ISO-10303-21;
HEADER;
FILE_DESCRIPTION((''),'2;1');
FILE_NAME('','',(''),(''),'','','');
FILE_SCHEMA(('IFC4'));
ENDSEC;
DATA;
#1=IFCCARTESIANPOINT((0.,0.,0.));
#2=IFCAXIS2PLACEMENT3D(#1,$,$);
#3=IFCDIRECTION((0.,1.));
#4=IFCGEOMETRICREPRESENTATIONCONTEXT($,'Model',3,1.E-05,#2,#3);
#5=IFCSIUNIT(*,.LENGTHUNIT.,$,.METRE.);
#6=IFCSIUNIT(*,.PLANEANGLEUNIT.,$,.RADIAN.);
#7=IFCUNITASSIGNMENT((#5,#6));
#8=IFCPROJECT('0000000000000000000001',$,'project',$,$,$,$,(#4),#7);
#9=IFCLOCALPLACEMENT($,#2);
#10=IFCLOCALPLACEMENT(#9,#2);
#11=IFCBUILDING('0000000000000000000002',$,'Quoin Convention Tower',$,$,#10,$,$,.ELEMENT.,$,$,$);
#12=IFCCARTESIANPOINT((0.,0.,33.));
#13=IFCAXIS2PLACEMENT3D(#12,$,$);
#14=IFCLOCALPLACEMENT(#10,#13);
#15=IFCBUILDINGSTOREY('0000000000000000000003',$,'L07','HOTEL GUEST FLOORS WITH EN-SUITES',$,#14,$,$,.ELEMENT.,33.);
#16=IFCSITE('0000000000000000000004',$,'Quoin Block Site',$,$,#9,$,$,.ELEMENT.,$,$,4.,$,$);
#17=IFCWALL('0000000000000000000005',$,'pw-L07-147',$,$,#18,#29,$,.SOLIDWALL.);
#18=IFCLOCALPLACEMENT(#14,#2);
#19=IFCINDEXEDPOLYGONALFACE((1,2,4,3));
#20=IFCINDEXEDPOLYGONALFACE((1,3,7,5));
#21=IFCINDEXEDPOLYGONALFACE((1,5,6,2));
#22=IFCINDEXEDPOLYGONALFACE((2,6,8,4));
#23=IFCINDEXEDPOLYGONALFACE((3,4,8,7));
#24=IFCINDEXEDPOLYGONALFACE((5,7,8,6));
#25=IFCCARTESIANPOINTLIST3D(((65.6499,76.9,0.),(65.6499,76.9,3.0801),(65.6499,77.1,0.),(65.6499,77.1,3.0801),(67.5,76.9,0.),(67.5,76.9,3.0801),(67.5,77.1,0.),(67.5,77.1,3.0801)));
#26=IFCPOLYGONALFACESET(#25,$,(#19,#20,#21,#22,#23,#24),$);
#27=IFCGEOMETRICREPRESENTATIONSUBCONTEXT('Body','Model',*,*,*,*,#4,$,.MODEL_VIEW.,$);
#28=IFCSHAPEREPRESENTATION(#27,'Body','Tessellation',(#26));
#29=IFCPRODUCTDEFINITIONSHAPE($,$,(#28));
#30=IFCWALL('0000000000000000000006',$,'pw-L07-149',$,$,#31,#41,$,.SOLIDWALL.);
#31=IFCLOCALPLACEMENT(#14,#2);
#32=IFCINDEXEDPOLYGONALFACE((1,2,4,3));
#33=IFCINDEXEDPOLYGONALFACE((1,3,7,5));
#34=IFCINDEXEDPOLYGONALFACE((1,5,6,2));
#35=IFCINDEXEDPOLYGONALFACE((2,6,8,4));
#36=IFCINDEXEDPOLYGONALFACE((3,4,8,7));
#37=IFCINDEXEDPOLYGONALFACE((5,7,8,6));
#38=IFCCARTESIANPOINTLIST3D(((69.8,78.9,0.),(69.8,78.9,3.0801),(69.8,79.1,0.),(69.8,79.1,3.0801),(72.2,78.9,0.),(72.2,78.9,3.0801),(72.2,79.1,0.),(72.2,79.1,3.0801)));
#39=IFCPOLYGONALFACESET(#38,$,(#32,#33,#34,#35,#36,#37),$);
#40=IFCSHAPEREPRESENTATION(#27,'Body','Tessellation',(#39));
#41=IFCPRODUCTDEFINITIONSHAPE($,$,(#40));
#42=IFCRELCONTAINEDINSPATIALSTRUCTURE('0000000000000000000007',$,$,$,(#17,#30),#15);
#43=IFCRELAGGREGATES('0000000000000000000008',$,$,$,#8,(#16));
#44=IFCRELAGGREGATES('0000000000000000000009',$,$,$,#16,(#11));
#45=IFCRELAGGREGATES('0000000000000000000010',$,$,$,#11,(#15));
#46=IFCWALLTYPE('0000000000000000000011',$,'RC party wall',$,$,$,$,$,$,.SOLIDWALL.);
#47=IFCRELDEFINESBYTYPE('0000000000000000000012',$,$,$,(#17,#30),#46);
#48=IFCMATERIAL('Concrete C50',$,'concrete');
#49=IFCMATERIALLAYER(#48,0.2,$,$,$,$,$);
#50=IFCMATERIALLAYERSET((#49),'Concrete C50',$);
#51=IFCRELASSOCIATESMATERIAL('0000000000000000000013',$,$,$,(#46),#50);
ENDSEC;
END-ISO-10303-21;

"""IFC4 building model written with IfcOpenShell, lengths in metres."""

from ifc_helpers import new_model, si_unit, direction, frame, frame_2d, origin, place, context, subcontext, project, spatial, rectangle, extrude, material, layer, layer_set, type_object, element, save


model = new_model("IFC4")

# Units and contexts
model_context = context("Model", 3, precision=1e-05, world=origin(), true_north=direction((0.0, 1.0)))
body_context = subcontext(model_context, "Body", "Model", "MODEL_VIEW")
ifc_project = project(units=[si_unit("LENGTHUNIT", "METRE"), si_unit("PLANEANGLEUNIT", "RADIAN")], contexts=[model_context])

# Site, building, storey
site_placement = place(None, origin())
site = spatial("IfcSite", under=ifc_project, at=site_placement, Name="Quoin Block Site", CompositionType="ELEMENT", RefElevation=4.0)
building_placement = place(site_placement, origin())
building = spatial("IfcBuilding", under=site, at=building_placement, Name="Quoin Convention Tower", CompositionType="ELEMENT")
storey_placement = place(building_placement, frame((0.0, 0.0, 33.0)))
storey = spatial("IfcBuildingStorey", under=building, at=storey_placement, Name="L07", Description="HOTEL GUEST FLOORS WITH EN-SUITES", CompositionType="ELEMENT", Elevation=33.0)

# Shared definitions
ifc_material_1 = material(Name="Concrete C50", Category="concrete")
ifc_layer_1 = layer(ifc_material_1, 0.2)
ifc_layer_set_1 = layer_set([ifc_layer_1], Name="Concrete C50")
wall_type_1 = type_object("IfcWallType", Name="RC party wall", PredefinedType="SOLIDWALL", material=ifc_layer_set_1)

# Walls
wall_1_placement = place(storey_placement, frame((65.6499, 77.0, 0.0), z_axis=(0.0, 0.0, 1.0), x_axis=(1.0, 0.0, 0.0)))
element("IfcWall", 1, at=wall_1_placement, inside=storey, type_object=wall_type_1, Name="pw-L07-147", PredefinedType="SOLIDWALL", context=body_context, shape_type="SweptSolid", body=[
    extrude(rectangle(XDim=1.8501, YDim=0.2, at=frame_2d((0.925, 0.0))), origin(), (0.0, 0.0, 1.0), 3.0801),
])
wall_2_placement = place(storey_placement, frame((69.8, 79.0, 0.0), z_axis=(0.0, 0.0, 1.0), x_axis=(1.0, 0.0, 0.0)))
element("IfcWall", 2, at=wall_2_placement, inside=storey, type_object=wall_type_1, Name="pw-L07-149", PredefinedType="SOLIDWALL", context=body_context, shape_type="SweptSolid", body=[
    extrude(rectangle(XDim=2.3999, YDim=0.2, at=frame_2d((1.2, 0.0))), origin(), (0.0, 0.0, 1.0), 3.0801),
])

save(model, "model.ifc")
